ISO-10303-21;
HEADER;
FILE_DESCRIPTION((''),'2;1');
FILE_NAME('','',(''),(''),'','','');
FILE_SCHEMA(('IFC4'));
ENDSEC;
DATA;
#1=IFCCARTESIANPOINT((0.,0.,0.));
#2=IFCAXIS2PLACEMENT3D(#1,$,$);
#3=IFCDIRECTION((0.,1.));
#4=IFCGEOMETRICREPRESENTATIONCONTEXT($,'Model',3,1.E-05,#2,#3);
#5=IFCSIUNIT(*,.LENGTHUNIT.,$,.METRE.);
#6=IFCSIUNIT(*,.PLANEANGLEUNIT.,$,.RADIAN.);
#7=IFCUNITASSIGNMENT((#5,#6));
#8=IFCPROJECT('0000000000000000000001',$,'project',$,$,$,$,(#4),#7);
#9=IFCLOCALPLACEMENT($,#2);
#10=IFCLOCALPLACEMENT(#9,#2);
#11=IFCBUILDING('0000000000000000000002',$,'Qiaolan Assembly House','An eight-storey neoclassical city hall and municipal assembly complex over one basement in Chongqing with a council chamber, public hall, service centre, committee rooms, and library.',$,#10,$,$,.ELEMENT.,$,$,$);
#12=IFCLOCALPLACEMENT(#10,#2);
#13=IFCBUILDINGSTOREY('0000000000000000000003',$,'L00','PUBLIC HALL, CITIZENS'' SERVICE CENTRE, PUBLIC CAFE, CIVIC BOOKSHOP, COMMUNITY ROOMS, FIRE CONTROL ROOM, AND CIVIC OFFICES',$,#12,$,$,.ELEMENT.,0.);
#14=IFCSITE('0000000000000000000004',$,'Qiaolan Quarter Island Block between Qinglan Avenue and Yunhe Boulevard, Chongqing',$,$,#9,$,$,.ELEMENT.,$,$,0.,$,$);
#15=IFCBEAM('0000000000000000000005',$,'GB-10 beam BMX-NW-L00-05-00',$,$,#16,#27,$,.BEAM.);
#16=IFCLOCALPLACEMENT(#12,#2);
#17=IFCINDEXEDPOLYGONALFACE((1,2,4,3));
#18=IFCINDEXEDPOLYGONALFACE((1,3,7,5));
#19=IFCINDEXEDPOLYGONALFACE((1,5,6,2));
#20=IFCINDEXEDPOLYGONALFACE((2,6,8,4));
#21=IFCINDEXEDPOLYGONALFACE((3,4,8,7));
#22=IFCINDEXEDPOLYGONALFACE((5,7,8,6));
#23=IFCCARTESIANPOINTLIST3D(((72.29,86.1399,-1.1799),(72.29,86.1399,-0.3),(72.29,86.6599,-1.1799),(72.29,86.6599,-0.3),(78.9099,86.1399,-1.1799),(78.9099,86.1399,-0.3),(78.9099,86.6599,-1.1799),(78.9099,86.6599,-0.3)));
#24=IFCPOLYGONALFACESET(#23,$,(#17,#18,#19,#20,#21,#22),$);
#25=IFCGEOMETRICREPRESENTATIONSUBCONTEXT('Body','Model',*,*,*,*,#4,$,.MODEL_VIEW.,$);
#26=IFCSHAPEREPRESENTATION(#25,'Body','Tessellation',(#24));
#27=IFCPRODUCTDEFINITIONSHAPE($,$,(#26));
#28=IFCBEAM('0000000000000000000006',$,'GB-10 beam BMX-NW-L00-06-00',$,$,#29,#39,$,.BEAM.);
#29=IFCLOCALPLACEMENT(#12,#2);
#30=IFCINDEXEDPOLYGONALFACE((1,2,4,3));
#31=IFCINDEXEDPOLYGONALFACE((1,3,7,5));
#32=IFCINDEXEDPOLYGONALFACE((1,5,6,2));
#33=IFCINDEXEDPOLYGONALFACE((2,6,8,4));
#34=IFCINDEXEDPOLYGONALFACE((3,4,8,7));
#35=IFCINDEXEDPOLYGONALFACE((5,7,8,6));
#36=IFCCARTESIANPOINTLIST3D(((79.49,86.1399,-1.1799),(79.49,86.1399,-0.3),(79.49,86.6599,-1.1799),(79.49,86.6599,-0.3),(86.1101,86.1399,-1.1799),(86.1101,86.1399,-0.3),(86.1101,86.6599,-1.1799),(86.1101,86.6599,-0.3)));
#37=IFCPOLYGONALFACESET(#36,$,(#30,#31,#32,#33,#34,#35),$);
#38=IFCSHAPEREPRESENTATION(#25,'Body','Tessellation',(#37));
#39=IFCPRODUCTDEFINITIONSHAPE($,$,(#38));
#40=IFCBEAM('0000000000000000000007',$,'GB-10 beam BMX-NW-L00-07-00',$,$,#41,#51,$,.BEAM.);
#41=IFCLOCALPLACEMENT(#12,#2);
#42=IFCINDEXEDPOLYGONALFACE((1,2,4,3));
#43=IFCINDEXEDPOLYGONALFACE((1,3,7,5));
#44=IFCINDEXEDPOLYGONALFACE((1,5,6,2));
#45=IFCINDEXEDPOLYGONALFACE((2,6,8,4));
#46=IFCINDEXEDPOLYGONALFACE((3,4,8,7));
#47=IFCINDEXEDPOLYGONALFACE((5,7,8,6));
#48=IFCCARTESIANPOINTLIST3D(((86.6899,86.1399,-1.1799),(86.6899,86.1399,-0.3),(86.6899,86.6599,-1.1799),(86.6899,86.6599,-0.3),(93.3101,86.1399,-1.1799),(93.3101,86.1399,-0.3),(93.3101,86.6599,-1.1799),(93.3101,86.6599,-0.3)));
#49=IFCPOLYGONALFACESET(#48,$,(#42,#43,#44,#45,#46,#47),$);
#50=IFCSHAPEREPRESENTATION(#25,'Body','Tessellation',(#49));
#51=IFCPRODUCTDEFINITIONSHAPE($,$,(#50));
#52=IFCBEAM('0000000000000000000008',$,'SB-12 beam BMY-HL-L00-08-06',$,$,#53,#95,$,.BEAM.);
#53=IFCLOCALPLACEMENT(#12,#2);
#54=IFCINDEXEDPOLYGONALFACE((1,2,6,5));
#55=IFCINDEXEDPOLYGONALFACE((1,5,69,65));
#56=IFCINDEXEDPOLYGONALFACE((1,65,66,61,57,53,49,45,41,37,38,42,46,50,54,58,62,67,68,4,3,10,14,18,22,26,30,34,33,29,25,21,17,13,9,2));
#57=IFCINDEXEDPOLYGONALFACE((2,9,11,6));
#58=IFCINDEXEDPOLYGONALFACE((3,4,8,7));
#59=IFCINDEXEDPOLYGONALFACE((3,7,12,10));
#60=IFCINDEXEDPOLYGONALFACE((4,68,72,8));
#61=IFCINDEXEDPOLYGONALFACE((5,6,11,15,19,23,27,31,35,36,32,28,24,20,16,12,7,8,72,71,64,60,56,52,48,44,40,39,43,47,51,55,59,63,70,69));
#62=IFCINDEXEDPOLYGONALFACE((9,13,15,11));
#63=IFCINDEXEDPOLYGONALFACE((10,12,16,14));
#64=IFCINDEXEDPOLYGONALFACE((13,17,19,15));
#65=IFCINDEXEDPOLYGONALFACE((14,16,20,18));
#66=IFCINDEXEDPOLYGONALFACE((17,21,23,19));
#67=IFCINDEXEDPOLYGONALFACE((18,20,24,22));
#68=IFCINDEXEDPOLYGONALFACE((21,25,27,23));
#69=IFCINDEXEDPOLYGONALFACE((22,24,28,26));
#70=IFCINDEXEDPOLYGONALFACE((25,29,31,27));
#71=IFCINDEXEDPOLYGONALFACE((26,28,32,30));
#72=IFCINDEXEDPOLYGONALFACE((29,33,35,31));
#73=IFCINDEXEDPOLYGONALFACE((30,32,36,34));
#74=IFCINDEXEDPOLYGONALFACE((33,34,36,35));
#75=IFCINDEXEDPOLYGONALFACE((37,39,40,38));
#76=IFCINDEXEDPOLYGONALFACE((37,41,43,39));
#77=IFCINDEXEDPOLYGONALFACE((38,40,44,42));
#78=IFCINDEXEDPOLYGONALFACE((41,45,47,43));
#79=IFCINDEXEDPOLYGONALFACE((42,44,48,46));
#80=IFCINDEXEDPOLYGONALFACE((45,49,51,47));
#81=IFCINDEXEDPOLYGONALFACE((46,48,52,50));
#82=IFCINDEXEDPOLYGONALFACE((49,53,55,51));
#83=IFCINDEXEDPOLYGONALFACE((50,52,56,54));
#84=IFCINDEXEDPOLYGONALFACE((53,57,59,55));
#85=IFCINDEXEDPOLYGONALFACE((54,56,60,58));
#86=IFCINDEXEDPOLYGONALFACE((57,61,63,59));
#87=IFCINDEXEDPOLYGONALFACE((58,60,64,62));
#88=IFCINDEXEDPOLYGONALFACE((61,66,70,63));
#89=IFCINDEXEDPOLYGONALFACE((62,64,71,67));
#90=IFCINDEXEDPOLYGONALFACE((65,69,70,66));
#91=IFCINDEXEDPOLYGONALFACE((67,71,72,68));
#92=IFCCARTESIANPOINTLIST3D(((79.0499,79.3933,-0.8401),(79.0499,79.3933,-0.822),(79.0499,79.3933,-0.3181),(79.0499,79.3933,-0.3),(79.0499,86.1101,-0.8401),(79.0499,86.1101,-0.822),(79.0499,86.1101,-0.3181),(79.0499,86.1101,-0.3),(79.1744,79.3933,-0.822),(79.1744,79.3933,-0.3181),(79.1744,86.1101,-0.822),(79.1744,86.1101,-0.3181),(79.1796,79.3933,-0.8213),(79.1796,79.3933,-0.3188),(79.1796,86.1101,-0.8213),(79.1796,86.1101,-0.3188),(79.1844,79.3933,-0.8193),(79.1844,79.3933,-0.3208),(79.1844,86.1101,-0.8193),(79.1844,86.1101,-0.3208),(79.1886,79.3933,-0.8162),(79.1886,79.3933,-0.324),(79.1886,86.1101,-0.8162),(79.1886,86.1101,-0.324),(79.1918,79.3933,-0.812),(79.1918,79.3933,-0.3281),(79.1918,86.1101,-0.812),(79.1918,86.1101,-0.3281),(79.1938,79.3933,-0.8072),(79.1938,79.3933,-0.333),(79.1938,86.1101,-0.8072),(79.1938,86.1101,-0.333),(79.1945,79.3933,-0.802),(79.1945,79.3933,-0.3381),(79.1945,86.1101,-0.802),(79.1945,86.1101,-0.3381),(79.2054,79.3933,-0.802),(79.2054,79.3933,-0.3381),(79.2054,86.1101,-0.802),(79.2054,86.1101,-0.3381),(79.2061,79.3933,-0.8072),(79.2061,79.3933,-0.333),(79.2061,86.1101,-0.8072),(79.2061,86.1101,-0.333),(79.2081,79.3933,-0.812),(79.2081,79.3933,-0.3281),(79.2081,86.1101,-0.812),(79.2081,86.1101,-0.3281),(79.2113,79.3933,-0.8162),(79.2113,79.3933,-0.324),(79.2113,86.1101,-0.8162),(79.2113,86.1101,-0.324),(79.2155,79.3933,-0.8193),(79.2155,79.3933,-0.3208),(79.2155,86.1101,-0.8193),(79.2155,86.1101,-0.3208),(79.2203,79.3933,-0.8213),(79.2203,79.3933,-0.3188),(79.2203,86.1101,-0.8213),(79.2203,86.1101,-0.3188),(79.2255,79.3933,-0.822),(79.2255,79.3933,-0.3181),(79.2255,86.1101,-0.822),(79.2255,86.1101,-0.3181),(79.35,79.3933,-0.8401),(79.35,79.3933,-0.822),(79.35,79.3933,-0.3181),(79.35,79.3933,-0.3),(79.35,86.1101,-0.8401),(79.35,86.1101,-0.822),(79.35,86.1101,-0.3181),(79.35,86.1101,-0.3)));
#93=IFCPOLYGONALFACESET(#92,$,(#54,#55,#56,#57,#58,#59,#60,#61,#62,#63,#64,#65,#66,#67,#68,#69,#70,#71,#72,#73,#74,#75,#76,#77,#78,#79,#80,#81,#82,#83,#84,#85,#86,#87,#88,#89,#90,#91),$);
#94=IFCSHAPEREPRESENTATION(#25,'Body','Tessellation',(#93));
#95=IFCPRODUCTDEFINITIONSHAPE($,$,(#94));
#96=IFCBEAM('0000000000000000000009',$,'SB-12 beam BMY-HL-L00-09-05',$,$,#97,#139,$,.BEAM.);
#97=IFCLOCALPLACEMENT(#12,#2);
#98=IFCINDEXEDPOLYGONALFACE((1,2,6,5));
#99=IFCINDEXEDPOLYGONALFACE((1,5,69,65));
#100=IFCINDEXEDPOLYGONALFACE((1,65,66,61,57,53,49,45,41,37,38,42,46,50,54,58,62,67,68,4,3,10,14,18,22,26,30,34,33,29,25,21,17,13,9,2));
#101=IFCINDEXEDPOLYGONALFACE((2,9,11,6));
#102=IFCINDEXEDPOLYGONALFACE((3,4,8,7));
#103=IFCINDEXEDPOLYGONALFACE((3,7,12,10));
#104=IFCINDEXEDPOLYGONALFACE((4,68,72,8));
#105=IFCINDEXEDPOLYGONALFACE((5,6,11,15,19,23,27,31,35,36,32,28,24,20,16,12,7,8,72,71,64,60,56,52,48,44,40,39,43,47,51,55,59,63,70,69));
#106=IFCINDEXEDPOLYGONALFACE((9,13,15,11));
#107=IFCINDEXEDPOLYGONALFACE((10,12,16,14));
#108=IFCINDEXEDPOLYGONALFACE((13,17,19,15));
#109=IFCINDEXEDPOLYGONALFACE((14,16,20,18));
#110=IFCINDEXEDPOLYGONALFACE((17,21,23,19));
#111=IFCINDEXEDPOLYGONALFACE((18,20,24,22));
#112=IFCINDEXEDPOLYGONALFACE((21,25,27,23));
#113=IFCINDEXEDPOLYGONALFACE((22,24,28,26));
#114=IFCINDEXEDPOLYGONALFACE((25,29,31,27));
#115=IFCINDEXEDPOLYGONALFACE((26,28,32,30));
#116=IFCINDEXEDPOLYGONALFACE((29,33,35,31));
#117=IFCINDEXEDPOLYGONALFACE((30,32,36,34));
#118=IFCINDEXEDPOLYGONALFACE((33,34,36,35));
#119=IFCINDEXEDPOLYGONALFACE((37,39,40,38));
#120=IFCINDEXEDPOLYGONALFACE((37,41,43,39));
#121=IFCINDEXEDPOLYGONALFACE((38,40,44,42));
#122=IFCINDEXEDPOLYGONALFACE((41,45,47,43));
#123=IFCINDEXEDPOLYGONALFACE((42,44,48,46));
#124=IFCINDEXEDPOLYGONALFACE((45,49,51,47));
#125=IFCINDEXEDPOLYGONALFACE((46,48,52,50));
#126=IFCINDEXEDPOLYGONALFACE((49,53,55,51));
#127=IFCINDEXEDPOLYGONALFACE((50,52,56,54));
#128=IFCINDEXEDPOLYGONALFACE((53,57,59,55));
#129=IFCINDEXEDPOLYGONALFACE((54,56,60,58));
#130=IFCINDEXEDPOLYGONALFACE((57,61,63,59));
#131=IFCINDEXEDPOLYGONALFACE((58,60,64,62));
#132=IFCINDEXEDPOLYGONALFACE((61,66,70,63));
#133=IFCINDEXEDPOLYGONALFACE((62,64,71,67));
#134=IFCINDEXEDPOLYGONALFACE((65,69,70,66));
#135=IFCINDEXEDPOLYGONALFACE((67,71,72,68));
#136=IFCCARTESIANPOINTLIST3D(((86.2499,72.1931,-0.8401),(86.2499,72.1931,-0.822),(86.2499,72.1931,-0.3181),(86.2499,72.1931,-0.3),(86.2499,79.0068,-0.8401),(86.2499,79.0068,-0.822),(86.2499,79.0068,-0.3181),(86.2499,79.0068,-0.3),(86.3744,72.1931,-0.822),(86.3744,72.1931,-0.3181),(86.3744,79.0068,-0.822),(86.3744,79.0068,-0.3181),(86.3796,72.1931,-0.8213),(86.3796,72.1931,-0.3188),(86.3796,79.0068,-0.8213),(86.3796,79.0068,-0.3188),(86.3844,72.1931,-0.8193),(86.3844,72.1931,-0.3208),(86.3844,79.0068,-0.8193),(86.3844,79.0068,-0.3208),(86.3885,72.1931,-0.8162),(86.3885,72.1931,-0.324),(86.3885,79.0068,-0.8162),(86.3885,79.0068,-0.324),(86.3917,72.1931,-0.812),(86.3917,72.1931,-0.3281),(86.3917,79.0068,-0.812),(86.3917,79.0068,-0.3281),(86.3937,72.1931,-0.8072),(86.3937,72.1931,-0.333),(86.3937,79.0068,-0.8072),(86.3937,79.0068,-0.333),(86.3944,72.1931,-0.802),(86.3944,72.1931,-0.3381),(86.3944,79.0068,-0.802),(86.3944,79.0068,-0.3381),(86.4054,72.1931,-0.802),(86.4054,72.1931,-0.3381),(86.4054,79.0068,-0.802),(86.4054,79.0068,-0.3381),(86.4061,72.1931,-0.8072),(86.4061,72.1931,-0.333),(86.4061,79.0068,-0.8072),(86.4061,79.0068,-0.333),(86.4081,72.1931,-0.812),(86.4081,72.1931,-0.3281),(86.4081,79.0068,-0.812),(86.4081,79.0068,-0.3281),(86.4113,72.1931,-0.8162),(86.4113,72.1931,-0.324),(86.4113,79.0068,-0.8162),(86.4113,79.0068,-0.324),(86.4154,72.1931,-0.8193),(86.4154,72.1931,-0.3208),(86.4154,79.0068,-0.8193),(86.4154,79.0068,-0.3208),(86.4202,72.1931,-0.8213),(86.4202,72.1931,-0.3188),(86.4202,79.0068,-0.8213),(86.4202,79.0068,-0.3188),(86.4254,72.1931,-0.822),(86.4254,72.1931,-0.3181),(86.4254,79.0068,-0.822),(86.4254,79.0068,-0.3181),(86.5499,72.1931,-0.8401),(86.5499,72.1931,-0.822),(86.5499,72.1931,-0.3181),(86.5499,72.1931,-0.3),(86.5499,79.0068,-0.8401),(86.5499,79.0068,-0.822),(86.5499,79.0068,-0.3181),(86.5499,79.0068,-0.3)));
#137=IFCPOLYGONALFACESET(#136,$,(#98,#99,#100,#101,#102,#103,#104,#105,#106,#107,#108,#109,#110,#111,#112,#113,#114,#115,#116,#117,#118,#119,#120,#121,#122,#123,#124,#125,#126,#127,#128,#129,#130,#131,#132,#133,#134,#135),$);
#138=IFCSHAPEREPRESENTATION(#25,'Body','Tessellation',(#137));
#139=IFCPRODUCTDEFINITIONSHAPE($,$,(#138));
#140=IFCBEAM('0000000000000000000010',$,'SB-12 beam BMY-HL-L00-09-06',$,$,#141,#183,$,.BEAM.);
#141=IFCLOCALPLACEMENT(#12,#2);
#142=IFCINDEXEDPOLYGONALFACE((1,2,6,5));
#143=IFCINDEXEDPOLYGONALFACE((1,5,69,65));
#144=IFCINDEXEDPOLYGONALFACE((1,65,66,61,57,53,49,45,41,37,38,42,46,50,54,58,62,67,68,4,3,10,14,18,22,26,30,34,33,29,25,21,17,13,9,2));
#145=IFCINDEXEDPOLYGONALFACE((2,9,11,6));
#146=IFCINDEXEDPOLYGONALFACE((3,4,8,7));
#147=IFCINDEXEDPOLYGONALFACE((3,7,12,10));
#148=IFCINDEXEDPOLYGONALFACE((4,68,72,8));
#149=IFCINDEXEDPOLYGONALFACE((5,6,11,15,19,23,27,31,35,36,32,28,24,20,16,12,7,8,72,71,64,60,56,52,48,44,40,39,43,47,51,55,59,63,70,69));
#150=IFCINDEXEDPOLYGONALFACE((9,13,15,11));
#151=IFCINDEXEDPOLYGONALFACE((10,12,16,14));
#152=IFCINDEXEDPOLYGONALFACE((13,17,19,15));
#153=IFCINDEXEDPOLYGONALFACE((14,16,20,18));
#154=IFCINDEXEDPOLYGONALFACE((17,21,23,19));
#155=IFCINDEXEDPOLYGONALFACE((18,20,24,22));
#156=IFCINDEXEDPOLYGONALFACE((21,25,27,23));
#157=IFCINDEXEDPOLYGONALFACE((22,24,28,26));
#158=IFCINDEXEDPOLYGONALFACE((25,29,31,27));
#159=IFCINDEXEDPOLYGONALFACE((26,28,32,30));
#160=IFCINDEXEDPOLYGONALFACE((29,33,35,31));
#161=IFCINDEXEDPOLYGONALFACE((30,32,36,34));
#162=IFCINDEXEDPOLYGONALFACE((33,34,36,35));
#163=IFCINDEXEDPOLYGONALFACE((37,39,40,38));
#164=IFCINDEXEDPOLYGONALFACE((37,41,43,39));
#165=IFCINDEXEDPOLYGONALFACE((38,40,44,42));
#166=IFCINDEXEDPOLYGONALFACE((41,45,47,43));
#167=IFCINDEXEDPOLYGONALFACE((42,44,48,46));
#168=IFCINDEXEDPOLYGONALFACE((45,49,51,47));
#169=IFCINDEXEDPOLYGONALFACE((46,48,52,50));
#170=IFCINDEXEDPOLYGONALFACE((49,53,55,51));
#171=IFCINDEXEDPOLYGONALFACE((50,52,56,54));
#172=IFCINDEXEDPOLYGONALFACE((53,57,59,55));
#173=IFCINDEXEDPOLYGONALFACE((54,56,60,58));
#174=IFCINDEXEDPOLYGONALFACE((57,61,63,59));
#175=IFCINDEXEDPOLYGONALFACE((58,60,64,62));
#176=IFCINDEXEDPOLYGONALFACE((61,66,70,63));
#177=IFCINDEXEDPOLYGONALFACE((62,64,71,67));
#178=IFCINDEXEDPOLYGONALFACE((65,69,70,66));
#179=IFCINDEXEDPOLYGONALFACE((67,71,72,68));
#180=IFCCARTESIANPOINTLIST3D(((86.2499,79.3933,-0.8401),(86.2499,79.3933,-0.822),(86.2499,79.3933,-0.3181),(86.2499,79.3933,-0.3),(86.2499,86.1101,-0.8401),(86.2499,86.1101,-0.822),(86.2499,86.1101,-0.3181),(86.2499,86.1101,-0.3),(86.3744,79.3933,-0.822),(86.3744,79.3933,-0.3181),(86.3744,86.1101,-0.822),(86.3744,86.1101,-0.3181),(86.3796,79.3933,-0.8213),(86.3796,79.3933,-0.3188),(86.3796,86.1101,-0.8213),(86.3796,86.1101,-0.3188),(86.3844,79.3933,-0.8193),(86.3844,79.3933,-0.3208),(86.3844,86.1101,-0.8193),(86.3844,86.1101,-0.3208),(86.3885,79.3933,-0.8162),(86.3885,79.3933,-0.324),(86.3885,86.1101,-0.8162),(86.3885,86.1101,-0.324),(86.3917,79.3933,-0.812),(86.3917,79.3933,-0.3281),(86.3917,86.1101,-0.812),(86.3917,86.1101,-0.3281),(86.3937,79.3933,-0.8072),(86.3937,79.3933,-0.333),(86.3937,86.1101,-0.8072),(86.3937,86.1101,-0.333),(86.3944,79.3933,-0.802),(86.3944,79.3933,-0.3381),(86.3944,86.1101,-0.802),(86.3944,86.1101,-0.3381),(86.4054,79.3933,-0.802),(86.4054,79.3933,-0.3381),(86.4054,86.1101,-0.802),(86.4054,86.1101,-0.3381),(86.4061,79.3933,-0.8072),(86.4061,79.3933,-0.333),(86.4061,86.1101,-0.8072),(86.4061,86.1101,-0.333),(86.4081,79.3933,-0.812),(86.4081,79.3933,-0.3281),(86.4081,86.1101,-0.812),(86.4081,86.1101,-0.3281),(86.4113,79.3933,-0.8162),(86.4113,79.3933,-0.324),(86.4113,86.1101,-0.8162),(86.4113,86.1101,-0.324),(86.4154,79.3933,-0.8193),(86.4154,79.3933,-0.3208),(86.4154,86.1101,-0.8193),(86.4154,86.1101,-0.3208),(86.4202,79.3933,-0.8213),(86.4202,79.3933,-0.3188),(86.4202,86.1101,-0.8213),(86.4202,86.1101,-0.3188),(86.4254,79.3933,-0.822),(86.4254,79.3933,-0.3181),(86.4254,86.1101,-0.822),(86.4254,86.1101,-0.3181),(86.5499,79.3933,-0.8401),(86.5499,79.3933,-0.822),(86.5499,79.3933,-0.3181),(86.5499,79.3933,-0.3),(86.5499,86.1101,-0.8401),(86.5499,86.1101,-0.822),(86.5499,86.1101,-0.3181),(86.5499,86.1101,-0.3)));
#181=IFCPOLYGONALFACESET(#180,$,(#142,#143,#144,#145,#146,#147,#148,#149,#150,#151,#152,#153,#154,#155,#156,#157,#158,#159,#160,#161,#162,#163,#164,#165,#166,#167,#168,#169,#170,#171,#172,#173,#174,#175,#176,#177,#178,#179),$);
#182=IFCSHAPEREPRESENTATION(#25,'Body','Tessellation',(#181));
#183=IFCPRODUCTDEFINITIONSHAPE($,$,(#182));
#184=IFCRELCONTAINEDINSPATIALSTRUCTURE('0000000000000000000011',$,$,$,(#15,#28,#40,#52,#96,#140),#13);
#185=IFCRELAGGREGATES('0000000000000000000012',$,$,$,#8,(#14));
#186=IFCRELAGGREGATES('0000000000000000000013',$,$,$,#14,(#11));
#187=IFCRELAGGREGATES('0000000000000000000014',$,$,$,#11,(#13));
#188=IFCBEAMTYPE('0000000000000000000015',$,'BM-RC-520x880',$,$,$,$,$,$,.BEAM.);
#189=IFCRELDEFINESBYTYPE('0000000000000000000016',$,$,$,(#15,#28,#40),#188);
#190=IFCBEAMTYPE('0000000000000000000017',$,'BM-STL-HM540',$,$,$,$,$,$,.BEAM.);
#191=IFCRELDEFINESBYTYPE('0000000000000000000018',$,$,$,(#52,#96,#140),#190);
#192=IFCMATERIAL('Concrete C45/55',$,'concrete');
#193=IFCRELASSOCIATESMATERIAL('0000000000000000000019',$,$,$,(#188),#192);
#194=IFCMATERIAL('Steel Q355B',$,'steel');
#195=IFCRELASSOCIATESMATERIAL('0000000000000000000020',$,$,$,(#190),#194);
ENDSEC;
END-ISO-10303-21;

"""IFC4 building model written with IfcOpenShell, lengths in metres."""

from ifc_helpers import new_model, si_unit, direction, frame, origin, origin_2d, place, context, subcontext, project, spatial, rectangle, i_section, extrude, material, material_profile, profile_set, type_object, element, save


model = new_model("IFC4")

# Units and contexts
model_context = context("Model", 3, precision=1e-05, world=origin(), true_north=direction((0.0, 1.0)))
body_context = subcontext(model_context, "Body", "Model", "MODEL_VIEW")
ifc_project = project(units=[si_unit("LENGTHUNIT", "METRE"), si_unit("PLANEANGLEUNIT", "RADIAN")], contexts=[model_context])

# Site, building, storey
site_placement = place(None, origin())
site = spatial("IfcSite", under=ifc_project, at=site_placement, Name="Qiaolan Quarter Island Block between Qinglan Avenue and Yunhe Boulevard, Chongqing", CompositionType="ELEMENT", RefElevation=0.0)
building_placement = place(site_placement, origin())
building = spatial("IfcBuilding", under=site, at=building_placement, Name="Qiaolan Assembly House", Description="An eight-storey neoclassical city hall and municipal assembly complex over one basement in Chongqing with a council chamber, public hall, service centre, committee rooms, and library.", CompositionType="ELEMENT")
storey_placement = place(building_placement, origin())
storey = spatial("IfcBuildingStorey", under=building, at=storey_placement, Name="L00", Description="PUBLIC HALL, CITIZENS' SERVICE CENTRE, PUBLIC CAFE, CIVIC BOOKSHOP, COMMUNITY ROOMS, FIRE CONTROL ROOM, AND CIVIC OFFICES", CompositionType="ELEMENT", Elevation=0.0)

# Shared definitions
ifc_material_1 = material(Name="Steel Q355B", Category="steel")

# Beams
ifc_material_2 = material(Name="Concrete C45/55", Category="concrete")
ifc_material_profile_1 = material_profile(ifc_material_2, rectangle(XDim=0.52, YDim=0.8799, at=origin_2d()), Name="RCB 520x880")
ifc_profile_set_1 = profile_set([ifc_material_profile_1], Name="Concrete C45/55")
beam_type_1 = type_object("IfcBeamType", Name="BM-RC-520x880", PredefinedType="BEAM", material=ifc_profile_set_1)
beam_1_placement = place(storey_placement, frame((72.29, 86.3999, -0.74), z_axis=(1.0, 0.0, 0.0), x_axis=(0.0, 1.0, 0.0)))
element("IfcBeam", 1, at=beam_1_placement, inside=storey, type_object=beam_type_1, Name="GB-10 beam BMX-NW-L00-05-00", PredefinedType="BEAM", context=body_context, shape_type="SweptSolid", body=[
    extrude(rectangle(XDim=0.52, YDim=0.8799, at=origin_2d()), origin(), (0.0, 0.0, 1.0), 6.6199),
])
for number, where, z_axis, x_axis, name in (
    (2, (79.49, 86.3999, -0.74), (1.0, 0.0, 0.0), (0.0, 1.0, 0.0), "GB-10 beam BMX-NW-L00-06-00"),
    (3, (86.6899, 86.3999, -0.74), (1.0, 0.0, 0.0), (0.0, 1.0, 0.0), "GB-10 beam BMX-NW-L00-07-00"),
):
    element("IfcBeam", number, at=place(storey_placement, frame(where, z_axis=z_axis, x_axis=x_axis)), inside=storey, type_object=beam_type_1, Name=name, PredefinedType="BEAM", context=body_context, shape_type="SweptSolid", body=[
        extrude(rectangle(XDim=0.52, YDim=0.8799, at=origin_2d()), origin(), (0.0, 0.0, 1.0), 6.6201),
    ])
ifc_material_profile_2 = material_profile(ifc_material_1, i_section(OverallWidth=0.3, OverallDepth=0.54, WebThickness=0.011, FlangeThickness=0.0181, FilletRadius=0.02, at=origin_2d()), Name="HM 540x300x11x18")
ifc_profile_set_2 = profile_set([ifc_material_profile_2], Name="Steel Q355B")
beam_type_2 = type_object("IfcBeamType", Name="BM-STL-HM540", PredefinedType="BEAM", material=ifc_profile_set_2)
beam_2_placement = place(storey_placement, frame((79.2, 79.3933, -0.5701), z_axis=(0.0, 1.0, 0.0), x_axis=(-1.0, 0.0, 0.0)))
element("IfcBeam", 4, at=beam_2_placement, inside=storey, type_object=beam_type_2, Name="SB-12 beam BMY-HL-L00-08-06", PredefinedType="BEAM", context=body_context, shape_type="SweptSolid", body=[
    extrude(i_section(OverallWidth=0.3, OverallDepth=0.54, WebThickness=0.011, FlangeThickness=0.0181, FilletRadius=0.02, at=origin_2d()), origin(), (0.0, 0.0, 1.0), 6.7168),
])
beam_3_placement = place(storey_placement, frame((86.3999, 72.1931, -0.5701), z_axis=(0.0, 1.0, 0.0), x_axis=(-1.0, 0.0, 0.0)))
element("IfcBeam", 5, at=beam_3_placement, inside=storey, type_object=beam_type_2, Name="SB-12 beam BMY-HL-L00-09-05", PredefinedType="BEAM", context=body_context, shape_type="SweptSolid", body=[
    extrude(i_section(OverallWidth=0.3, OverallDepth=0.54, WebThickness=0.011, FlangeThickness=0.0181, FilletRadius=0.02, at=origin_2d()), origin(), (0.0, 0.0, 1.0), 6.8137),
])
beam_4_placement = place(storey_placement, frame((86.3999, 79.3933, -0.5701), z_axis=(0.0, 1.0, 0.0), x_axis=(-1.0, 0.0, 0.0)))
element("IfcBeam", 6, at=beam_4_placement, inside=storey, type_object=beam_type_2, Name="SB-12 beam BMY-HL-L00-09-06", PredefinedType="BEAM", context=body_context, shape_type="SweptSolid", body=[
    extrude(i_section(OverallWidth=0.3, OverallDepth=0.54, WebThickness=0.011, FlangeThickness=0.0181, FilletRadius=0.02, at=origin_2d()), origin(), (0.0, 0.0, 1.0), 6.7168),
])

save(model, "model.ifc")
